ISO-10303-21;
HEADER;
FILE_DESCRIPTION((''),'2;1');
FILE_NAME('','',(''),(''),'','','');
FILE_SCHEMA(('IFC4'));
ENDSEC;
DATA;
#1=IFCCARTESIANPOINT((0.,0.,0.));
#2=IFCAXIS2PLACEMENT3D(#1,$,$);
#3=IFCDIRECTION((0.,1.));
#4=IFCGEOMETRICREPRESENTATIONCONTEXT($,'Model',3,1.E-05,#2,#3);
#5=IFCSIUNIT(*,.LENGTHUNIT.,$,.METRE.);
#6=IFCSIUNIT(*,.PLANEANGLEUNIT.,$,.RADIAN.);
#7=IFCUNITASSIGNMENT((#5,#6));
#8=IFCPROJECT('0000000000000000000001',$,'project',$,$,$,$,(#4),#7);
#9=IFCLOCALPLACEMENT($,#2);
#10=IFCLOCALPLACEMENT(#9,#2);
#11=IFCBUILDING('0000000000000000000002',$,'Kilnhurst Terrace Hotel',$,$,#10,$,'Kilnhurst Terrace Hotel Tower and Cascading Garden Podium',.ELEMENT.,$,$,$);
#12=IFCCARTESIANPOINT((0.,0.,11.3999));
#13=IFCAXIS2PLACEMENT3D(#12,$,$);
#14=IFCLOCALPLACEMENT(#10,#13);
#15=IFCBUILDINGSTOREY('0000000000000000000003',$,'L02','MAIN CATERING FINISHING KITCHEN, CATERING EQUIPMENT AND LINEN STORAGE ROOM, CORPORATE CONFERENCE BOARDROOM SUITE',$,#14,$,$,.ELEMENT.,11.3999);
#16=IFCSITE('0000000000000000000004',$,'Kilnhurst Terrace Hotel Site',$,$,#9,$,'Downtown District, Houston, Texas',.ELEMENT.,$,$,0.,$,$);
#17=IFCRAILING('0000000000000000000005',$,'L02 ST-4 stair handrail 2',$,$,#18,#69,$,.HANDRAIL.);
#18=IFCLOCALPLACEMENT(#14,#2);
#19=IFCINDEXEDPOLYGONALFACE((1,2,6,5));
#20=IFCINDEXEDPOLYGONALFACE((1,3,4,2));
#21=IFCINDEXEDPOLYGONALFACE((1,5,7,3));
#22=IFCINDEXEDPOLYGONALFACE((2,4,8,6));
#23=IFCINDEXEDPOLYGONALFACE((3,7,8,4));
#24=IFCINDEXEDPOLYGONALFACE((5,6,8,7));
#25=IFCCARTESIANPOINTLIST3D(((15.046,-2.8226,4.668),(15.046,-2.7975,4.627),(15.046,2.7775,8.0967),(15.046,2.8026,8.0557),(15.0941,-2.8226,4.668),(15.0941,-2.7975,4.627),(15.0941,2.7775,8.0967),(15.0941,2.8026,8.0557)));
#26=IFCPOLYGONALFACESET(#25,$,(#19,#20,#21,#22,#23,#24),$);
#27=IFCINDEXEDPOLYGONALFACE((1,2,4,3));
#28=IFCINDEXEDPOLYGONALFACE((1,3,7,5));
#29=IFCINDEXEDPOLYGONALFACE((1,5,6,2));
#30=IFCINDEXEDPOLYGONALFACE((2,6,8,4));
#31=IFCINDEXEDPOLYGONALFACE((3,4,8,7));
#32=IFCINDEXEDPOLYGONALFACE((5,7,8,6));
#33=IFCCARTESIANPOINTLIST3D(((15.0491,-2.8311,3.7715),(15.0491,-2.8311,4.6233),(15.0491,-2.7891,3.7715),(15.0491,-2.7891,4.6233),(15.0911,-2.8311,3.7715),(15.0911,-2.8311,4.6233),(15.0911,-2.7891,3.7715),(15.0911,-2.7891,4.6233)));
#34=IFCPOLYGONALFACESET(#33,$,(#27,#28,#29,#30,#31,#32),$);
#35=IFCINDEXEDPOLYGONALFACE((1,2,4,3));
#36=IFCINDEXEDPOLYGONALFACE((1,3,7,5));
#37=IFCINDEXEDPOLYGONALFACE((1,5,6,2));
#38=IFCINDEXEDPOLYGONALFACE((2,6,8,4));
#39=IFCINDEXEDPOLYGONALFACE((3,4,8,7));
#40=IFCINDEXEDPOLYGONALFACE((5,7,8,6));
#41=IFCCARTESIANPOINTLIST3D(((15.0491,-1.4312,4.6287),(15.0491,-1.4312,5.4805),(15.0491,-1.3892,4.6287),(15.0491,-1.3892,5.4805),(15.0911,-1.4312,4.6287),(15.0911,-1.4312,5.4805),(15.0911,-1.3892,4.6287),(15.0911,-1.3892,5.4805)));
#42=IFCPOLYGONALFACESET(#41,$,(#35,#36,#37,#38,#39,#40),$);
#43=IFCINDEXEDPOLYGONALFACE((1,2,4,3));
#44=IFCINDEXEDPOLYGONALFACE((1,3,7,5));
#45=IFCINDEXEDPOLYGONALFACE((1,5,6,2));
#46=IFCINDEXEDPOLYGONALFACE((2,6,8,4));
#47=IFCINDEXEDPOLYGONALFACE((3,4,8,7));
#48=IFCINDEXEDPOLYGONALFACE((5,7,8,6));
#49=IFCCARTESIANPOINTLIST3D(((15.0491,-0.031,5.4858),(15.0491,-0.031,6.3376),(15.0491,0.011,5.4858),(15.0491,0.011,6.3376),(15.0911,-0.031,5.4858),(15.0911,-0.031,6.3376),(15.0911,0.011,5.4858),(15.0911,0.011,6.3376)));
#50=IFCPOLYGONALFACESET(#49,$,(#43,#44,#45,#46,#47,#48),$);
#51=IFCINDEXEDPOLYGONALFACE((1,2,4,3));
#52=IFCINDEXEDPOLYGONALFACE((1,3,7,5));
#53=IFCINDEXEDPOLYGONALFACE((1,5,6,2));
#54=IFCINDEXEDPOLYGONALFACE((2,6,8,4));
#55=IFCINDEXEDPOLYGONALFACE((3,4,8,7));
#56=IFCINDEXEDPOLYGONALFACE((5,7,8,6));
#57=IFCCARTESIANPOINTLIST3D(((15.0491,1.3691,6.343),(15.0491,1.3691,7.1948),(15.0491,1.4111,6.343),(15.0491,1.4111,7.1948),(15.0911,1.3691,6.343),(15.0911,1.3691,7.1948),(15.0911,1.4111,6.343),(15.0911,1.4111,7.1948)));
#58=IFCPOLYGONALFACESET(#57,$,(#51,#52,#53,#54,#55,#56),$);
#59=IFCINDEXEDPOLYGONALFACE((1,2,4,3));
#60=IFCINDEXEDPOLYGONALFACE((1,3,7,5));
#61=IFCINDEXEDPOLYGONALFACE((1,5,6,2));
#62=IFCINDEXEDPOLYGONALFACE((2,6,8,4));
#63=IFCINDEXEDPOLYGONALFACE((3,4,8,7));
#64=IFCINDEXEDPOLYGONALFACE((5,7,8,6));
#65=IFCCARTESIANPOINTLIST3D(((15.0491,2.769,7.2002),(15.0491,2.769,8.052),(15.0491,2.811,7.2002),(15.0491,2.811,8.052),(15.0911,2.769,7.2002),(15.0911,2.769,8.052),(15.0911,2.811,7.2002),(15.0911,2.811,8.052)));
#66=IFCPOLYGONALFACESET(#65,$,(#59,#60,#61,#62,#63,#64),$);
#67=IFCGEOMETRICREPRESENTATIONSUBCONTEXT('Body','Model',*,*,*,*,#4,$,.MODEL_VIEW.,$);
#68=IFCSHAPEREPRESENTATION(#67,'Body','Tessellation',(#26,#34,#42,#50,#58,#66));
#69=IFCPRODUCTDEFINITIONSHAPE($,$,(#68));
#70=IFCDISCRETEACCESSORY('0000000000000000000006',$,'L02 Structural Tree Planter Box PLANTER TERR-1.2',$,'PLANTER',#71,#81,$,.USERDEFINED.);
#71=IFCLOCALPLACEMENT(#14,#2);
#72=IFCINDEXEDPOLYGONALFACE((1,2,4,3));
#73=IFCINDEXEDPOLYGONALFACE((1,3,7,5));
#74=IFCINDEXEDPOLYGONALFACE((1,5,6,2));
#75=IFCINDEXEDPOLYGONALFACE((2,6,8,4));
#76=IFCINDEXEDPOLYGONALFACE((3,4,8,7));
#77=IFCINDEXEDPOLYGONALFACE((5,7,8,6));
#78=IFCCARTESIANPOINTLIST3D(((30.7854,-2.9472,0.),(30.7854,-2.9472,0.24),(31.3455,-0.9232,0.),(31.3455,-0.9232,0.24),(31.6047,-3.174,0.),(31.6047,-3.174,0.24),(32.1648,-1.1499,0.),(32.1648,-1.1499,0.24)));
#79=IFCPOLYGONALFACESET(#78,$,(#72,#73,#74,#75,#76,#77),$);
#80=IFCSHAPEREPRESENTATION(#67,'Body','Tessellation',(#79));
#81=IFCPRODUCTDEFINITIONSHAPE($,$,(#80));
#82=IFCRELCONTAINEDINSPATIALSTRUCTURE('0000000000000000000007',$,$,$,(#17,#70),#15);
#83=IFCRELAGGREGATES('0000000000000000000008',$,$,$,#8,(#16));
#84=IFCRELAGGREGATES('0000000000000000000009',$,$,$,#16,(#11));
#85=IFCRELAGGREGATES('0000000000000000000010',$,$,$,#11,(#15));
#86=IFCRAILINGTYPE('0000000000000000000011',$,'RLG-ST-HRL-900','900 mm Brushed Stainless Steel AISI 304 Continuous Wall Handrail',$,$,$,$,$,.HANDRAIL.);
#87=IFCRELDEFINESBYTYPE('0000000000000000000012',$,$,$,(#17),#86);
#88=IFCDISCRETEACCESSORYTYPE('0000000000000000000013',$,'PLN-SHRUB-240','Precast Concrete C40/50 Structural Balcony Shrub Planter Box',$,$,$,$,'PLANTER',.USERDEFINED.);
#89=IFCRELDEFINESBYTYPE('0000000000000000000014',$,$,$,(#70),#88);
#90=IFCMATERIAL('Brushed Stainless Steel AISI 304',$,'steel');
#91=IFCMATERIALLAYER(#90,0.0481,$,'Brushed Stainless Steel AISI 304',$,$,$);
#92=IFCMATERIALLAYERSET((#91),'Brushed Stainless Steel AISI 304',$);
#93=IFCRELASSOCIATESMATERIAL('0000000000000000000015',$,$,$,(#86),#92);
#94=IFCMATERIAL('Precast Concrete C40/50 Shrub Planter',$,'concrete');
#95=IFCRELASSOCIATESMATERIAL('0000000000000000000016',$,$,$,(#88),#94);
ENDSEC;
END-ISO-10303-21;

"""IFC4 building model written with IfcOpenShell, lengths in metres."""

from ifc_helpers import new_model, si_unit, direction, frame, origin, origin_2d, place, context, subcontext, project, spatial, rectangle, extrude, material, layer, layer_set, type_object, element, save


model = new_model("IFC4")

# Units and contexts
model_context = context("Model", 3, precision=1e-05, world=origin(), true_north=direction((0.0, 1.0)))
body_context = subcontext(model_context, "Body", "Model", "MODEL_VIEW")
ifc_project = project(units=[si_unit("LENGTHUNIT", "METRE"), si_unit("PLANEANGLEUNIT", "RADIAN")], contexts=[model_context])

# Site, building, storey
site_placement = place(None, origin())
site = spatial("IfcSite", under=ifc_project, at=site_placement, Name="Kilnhurst Terrace Hotel Site", LongName="Downtown District, Houston, Texas", CompositionType="ELEMENT", RefElevation=0.0)
building_placement = place(site_placement, origin())
building = spatial("IfcBuilding", under=site, at=building_placement, Name="Kilnhurst Terrace Hotel", LongName="Kilnhurst Terrace Hotel Tower and Cascading Garden Podium", CompositionType="ELEMENT")
storey_placement = place(building_placement, frame((0.0, 0.0, 11.3999)))
storey = spatial("IfcBuildingStorey", under=building, at=storey_placement, Name="L02", Description="MAIN CATERING FINISHING KITCHEN, CATERING EQUIPMENT AND LINEN STORAGE ROOM, CORPORATE CONFERENCE BOARDROOM SUITE", CompositionType="ELEMENT", Elevation=11.3999)

# Railing
ifc_material_1 = material(Name="Brushed Stainless Steel AISI 304", Category="steel")
ifc_layer_1 = layer(ifc_material_1, 0.0481, Name="Brushed Stainless Steel AISI 304")
ifc_layer_set_1 = layer_set([ifc_layer_1], Name="Brushed Stainless Steel AISI 304")
railing_type_1 = type_object("IfcRailingType", Name="RLG-ST-HRL-900", Description="900 mm Brushed Stainless Steel AISI 304 Continuous Wall Handrail", PredefinedType="HANDRAIL", material=ifc_layer_set_1)
railing_1_placement = place(storey_placement, frame((15.0701, -2.8101, 3.7715)))
element("IfcRailing", 1, at=railing_1_placement, inside=storey, type_object=railing_type_1, Name="L02 ST-4 stair handrail 2", PredefinedType="HANDRAIL", context=body_context, shape_type="SweptSolid", body=[
    extrude(rectangle(XDim=0.0481, YDim=0.0481, at=origin_2d()), frame((0.0, 0.0, 0.876), z_axis=(0.0, 0.852846, 0.522163), x_axis=(-1.0, 0.0, 0.0)), (0.0, 0.0, 1.0), 6.5664),
    extrude(rectangle(XDim=0.042, YDim=0.042, at=origin_2d()), origin(), (0.0, 0.0, 1.0), 0.8518),
    extrude(rectangle(XDim=0.042, YDim=0.042, at=origin_2d()), frame((0.0, 1.3999, 0.8572)), (0.0, 0.0, 1.0), 0.8518),
    extrude(rectangle(XDim=0.042, YDim=0.042, at=origin_2d()), frame((0.0, 2.8, 1.7144)), (0.0, 0.0, 1.0), 0.8518),
    extrude(rectangle(XDim=0.042, YDim=0.042, at=origin_2d()), frame((0.0, 4.2002, 2.5715)), (0.0, 0.0, 1.0), 0.8518),
    extrude(rectangle(XDim=0.042, YDim=0.042, at=origin_2d()), frame((0.0, 5.6001, 3.4287)), (0.0, 0.0, 1.0), 0.8518),
])

# Discrete accessory
ifc_material_2 = material(Name="Precast Concrete C40/50 Shrub Planter", Category="concrete")
discrete_accessory_type = type_object("IfcDiscreteAccessoryType", Name="PLN-SHRUB-240", Description="Precast Concrete C40/50 Structural Balcony Shrub Planter Box", ElementType="PLANTER", PredefinedType="USERDEFINED", material=ifc_material_2)
discrete_accessory_placement = place(storey_placement, frame((31.4751, -2.0486, 0.0), z_axis=(0.0, 0.0, 1.0), x_axis=(0.266717, 0.963775, 0.0)))
element("IfcDiscreteAccessory", 2, at=discrete_accessory_placement, inside=storey, type_object=discrete_accessory_type, Name="L02 Structural Tree Planter Box PLANTER TERR-1.2", ObjectType="PLANTER", PredefinedType="USERDEFINED", context=body_context, shape_type="SweptSolid", body=[
    extrude(rectangle(XDim=2.1001, YDim=0.8501, at=origin_2d()), origin(), (0.0, 0.0, 1.0), 0.24),
])

save(model, "model.ifc")
